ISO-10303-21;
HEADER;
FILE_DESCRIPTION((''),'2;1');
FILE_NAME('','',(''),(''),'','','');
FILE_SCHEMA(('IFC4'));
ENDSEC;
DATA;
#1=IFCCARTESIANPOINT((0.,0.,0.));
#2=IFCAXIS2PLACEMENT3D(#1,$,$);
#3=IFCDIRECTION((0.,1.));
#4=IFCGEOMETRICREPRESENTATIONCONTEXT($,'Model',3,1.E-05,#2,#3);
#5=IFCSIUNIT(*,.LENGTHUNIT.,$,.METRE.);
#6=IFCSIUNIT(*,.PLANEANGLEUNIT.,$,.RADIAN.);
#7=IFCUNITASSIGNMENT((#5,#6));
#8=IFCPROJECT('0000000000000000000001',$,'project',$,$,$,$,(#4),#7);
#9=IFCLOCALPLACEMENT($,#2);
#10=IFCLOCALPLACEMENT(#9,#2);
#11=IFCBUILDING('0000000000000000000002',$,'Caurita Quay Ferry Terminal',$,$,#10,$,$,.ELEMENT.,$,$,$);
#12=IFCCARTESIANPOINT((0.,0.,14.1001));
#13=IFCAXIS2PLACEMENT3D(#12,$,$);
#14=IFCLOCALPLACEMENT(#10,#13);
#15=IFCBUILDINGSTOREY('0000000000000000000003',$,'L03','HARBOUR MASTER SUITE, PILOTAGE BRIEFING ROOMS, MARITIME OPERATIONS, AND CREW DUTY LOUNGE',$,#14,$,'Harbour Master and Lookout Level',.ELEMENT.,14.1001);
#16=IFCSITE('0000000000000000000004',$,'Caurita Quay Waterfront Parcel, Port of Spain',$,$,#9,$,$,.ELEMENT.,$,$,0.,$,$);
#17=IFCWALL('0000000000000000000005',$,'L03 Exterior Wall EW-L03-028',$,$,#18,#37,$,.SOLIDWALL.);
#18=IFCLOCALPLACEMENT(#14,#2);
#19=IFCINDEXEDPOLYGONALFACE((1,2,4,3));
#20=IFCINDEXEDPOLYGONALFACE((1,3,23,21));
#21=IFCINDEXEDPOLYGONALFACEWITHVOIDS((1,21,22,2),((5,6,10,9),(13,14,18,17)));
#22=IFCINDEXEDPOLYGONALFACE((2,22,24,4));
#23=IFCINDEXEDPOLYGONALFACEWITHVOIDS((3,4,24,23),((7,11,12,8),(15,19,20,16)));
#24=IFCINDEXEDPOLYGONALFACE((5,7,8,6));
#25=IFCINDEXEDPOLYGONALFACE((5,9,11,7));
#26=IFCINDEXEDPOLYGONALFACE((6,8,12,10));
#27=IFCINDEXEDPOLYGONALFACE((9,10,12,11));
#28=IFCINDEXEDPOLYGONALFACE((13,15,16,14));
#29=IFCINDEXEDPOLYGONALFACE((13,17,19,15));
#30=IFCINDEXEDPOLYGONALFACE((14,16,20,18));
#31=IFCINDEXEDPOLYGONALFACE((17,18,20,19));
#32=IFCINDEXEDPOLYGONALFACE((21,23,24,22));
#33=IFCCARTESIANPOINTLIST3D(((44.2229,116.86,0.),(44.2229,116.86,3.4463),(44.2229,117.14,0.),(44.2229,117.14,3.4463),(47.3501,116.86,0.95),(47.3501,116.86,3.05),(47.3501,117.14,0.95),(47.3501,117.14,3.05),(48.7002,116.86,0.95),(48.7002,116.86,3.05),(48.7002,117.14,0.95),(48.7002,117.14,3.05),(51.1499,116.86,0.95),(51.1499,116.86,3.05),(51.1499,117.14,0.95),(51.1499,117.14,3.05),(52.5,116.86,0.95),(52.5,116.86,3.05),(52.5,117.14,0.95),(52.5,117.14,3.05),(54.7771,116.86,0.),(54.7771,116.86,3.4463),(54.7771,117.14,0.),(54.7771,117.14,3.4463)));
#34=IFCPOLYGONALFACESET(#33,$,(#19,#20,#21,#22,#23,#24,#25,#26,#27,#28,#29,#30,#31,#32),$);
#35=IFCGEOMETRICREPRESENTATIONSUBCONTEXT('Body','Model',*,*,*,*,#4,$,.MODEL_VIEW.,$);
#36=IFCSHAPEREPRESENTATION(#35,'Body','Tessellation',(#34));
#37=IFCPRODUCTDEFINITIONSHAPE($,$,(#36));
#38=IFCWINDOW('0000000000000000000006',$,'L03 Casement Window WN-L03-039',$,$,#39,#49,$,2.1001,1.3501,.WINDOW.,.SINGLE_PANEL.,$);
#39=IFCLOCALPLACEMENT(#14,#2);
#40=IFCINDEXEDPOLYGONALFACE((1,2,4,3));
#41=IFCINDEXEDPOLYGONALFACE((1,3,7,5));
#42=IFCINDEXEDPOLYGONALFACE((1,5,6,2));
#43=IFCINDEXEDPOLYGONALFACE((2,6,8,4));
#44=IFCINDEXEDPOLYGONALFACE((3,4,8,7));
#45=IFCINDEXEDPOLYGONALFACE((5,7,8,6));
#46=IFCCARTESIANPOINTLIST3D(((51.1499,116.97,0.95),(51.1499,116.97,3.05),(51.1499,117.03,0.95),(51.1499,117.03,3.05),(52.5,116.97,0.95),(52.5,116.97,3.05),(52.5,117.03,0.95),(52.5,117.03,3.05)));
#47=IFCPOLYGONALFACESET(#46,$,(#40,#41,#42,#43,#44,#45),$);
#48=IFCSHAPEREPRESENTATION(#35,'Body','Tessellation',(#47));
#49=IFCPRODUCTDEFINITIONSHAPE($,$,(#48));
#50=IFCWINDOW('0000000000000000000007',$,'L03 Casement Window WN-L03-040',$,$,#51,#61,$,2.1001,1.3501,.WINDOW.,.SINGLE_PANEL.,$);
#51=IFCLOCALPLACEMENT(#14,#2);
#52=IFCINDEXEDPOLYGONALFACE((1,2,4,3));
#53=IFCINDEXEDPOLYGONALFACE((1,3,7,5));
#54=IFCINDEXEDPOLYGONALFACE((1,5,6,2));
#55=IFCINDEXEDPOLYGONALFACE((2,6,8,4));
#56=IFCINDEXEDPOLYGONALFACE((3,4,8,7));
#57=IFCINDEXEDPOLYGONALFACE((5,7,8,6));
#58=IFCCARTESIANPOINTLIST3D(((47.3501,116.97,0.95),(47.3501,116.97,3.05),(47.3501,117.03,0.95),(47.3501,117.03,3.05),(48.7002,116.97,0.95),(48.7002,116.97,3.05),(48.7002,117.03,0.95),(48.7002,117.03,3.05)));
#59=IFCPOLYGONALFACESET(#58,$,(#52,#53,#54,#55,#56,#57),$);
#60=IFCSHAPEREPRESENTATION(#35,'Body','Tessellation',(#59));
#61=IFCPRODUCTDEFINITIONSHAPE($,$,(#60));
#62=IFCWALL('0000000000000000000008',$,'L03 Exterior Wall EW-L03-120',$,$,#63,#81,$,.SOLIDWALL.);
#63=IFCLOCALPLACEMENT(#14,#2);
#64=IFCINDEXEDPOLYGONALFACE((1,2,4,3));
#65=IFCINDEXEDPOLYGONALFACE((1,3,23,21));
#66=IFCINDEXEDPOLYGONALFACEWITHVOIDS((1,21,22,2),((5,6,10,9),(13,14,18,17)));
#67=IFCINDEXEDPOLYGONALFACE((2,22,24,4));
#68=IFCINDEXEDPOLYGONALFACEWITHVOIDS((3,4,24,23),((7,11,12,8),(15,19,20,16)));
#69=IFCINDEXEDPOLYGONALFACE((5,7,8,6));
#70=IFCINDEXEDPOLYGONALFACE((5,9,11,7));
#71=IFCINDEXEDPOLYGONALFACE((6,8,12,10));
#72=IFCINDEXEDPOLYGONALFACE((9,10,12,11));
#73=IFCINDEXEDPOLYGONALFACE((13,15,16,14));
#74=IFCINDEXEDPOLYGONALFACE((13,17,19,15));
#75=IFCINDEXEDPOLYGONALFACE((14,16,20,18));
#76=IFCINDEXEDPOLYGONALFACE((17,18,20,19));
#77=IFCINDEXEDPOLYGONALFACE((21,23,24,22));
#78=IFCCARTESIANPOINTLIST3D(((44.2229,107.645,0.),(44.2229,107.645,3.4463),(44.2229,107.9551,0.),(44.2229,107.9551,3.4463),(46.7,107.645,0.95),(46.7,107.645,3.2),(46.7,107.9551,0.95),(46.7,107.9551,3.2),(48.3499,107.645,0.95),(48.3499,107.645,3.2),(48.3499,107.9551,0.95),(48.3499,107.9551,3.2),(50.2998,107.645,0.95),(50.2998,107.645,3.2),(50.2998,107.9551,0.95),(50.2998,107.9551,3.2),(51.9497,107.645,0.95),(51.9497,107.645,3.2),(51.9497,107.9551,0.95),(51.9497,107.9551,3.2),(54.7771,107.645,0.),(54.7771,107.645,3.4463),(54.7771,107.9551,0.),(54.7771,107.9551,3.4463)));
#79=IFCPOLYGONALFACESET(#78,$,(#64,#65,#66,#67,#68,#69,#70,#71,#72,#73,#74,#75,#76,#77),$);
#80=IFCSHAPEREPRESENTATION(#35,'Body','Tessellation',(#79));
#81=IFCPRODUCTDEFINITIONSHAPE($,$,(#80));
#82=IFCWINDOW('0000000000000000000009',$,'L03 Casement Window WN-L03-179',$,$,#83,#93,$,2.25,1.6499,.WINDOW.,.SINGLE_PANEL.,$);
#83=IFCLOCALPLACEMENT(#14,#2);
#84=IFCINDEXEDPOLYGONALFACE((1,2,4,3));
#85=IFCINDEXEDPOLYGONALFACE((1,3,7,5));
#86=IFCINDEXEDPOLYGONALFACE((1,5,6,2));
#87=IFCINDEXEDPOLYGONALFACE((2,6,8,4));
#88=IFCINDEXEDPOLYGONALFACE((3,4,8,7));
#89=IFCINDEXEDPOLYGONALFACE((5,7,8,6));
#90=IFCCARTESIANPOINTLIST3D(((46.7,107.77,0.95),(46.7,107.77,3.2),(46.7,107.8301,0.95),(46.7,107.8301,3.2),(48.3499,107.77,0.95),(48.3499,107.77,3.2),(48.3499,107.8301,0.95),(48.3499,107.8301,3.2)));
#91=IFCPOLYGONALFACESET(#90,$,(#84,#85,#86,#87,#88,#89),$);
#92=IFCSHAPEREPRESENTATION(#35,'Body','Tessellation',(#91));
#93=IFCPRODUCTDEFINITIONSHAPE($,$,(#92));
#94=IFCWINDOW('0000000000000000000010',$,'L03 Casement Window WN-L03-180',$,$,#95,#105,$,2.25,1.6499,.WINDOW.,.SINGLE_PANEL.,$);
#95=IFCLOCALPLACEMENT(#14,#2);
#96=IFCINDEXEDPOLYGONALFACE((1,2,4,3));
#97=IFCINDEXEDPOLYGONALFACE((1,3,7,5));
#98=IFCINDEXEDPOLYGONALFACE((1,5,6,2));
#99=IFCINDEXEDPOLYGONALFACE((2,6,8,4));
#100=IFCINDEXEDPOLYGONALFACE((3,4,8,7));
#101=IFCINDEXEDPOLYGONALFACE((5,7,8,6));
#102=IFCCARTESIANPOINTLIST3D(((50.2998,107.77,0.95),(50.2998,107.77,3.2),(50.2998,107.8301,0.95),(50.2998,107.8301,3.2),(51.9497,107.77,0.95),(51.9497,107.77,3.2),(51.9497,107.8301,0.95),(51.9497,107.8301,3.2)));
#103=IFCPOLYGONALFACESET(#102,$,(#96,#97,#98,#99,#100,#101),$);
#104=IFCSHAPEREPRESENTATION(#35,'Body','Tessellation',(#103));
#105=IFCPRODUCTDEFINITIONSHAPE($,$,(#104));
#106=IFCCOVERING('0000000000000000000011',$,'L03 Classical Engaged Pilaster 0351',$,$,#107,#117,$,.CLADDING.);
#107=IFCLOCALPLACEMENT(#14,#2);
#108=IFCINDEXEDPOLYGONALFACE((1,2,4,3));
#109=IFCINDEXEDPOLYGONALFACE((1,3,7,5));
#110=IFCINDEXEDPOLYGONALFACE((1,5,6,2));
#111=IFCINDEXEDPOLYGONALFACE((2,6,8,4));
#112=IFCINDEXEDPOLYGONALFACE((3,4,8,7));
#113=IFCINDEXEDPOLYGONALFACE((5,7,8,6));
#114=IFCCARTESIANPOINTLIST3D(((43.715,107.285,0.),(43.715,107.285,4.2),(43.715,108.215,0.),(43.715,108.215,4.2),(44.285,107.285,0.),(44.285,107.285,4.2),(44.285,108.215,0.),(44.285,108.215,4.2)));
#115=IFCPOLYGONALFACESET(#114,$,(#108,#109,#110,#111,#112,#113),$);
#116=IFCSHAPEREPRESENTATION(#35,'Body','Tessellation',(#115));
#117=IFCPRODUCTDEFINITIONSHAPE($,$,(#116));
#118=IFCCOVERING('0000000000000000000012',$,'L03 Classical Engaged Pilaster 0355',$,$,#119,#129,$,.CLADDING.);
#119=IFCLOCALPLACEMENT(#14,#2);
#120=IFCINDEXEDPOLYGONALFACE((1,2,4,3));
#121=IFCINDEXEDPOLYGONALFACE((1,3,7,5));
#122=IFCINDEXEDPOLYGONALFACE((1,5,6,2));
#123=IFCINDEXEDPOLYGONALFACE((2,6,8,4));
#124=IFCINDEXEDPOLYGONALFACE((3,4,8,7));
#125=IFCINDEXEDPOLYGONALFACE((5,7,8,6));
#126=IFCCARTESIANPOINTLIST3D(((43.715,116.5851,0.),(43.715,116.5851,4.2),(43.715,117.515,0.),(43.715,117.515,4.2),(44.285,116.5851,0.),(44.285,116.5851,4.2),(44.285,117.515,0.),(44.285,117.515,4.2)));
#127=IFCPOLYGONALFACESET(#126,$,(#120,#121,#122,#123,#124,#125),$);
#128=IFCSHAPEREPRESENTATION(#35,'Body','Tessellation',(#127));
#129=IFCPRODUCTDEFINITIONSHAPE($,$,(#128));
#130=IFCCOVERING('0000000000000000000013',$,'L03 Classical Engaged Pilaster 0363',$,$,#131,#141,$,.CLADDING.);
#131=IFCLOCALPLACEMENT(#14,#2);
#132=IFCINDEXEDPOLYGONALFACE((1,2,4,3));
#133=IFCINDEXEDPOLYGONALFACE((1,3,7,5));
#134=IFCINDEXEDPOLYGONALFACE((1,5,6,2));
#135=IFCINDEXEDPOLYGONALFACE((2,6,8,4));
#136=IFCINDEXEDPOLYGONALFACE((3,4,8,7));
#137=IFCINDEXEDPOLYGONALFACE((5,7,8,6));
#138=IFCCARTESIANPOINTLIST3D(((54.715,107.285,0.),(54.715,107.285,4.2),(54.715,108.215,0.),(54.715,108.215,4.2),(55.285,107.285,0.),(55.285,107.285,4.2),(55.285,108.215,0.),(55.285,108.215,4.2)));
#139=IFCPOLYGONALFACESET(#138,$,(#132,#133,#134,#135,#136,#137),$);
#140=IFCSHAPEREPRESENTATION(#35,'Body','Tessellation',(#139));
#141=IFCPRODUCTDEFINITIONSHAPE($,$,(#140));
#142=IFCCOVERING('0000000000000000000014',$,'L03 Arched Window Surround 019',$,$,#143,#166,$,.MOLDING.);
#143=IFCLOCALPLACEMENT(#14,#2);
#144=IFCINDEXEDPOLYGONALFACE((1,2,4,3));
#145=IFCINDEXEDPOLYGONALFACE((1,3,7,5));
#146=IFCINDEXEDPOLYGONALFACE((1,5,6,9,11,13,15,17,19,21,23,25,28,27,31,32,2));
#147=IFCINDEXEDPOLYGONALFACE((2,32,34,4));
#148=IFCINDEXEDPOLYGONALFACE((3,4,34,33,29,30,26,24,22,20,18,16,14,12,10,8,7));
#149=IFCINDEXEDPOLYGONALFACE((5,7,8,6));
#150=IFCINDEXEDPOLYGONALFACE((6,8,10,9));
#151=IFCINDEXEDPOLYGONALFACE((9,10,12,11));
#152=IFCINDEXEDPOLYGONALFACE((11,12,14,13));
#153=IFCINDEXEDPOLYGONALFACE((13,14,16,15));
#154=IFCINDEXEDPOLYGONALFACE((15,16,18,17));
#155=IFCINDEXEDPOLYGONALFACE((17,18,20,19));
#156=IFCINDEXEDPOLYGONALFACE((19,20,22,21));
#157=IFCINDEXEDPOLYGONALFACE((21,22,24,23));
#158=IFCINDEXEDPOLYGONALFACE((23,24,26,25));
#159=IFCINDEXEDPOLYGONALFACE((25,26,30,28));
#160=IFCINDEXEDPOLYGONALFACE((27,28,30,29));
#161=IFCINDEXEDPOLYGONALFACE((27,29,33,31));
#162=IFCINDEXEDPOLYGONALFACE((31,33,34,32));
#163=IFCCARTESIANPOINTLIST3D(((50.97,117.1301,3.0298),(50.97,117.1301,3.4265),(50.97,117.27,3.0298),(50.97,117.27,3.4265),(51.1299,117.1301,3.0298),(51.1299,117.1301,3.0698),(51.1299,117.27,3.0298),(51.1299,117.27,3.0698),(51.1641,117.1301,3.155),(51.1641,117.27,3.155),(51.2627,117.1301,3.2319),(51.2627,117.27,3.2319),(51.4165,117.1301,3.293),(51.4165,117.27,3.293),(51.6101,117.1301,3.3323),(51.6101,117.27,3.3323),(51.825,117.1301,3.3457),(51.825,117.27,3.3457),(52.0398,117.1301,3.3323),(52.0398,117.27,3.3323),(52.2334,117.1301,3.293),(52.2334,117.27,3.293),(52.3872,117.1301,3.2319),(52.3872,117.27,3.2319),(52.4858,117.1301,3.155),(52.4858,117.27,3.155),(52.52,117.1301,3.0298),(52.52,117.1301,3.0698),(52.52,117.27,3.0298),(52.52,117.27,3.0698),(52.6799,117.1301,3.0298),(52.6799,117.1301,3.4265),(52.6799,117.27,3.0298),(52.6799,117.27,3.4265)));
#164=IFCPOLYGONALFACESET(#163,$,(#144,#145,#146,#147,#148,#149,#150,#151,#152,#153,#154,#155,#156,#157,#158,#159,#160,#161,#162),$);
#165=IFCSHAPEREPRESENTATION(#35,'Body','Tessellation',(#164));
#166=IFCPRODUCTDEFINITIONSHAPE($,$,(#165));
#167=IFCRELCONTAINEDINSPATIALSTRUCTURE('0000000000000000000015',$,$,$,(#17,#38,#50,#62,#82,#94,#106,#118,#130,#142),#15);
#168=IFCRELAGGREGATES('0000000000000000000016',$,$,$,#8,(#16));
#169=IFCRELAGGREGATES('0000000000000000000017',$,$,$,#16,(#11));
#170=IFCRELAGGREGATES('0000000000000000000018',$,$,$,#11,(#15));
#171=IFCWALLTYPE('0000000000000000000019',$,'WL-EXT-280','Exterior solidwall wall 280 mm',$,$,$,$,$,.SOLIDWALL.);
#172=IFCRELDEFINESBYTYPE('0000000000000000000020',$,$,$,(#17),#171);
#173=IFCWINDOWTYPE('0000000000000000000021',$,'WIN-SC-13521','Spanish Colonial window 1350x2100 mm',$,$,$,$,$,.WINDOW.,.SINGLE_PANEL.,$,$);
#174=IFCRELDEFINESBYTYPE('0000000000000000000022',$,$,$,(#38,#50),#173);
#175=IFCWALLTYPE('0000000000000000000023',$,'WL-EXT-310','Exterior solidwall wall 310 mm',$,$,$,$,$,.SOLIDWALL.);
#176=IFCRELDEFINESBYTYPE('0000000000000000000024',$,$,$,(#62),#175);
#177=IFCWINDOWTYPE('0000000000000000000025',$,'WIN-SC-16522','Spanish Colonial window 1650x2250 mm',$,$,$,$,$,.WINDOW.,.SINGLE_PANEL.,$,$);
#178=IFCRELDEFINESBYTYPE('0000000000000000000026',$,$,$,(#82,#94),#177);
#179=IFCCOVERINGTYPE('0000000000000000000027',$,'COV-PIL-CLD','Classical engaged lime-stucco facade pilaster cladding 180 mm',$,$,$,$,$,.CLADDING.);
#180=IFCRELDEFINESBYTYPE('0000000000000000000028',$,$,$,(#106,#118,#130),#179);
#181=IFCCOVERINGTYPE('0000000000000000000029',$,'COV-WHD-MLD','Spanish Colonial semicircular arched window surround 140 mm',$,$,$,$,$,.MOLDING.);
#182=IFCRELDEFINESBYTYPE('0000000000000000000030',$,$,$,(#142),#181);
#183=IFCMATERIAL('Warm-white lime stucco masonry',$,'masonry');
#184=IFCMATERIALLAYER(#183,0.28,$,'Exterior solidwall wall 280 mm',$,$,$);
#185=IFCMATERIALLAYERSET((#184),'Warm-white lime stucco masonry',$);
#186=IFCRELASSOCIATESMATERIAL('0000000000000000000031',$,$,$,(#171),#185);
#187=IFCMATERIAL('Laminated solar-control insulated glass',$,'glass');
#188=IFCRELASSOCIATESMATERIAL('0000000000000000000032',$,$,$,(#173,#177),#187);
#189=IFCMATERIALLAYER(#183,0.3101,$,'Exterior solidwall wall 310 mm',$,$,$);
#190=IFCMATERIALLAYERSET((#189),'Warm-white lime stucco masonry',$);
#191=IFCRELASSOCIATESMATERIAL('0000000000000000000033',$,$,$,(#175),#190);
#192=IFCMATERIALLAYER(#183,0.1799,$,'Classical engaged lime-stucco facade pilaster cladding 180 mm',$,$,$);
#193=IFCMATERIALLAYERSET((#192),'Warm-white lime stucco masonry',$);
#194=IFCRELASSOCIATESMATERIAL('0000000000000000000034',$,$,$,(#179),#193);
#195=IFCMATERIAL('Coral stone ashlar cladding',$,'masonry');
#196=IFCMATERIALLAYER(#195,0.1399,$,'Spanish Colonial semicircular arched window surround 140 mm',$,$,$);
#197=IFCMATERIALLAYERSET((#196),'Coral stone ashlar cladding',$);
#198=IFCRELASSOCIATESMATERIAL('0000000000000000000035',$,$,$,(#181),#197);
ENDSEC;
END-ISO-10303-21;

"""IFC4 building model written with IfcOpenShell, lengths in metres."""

from ifc_helpers import new_model, si_unit, direction, frame, frame_2d, origin, origin_2d, place, context, subcontext, project, spatial, polyline, rectangle, outline, extrude, material, layer, layer_set, type_object, element, fill, save


model = new_model("IFC4")

# Units and contexts
model_context = context("Model", 3, precision=1e-05, world=origin(), true_north=direction((0.0, 1.0)))
body_context = subcontext(model_context, "Body", "Model", "MODEL_VIEW")
ifc_project = project(units=[si_unit("LENGTHUNIT", "METRE"), si_unit("PLANEANGLEUNIT", "RADIAN")], contexts=[model_context])

# Site, building, storey
site_placement = place(None, origin())
site = spatial("IfcSite", under=ifc_project, at=site_placement, Name="Caurita Quay Waterfront Parcel, Port of Spain", CompositionType="ELEMENT", RefElevation=0.0)
building_placement = place(site_placement, origin())
building = spatial("IfcBuilding", under=site, at=building_placement, Name="Caurita Quay Ferry Terminal", CompositionType="ELEMENT")
storey_placement = place(building_placement, frame((0.0, 0.0, 14.1001)))
storey = spatial("IfcBuildingStorey", under=building, at=storey_placement, Name="L03", Description="HARBOUR MASTER SUITE, PILOTAGE BRIEFING ROOMS, MARITIME OPERATIONS, AND CREW DUTY LOUNGE", LongName="Harbour Master and Lookout Level", CompositionType="ELEMENT", Elevation=14.1001)

# Shared definitions
ifc_material_1 = material(Name="Warm-white lime stucco masonry", Category="masonry")

# Walls, openings, windows
ifc_layer_1 = layer(ifc_material_1, 0.28, Name="Exterior solidwall wall 280 mm")
ifc_layer_set_1 = layer_set([ifc_layer_1], Name="Warm-white lime stucco masonry")
wall_type_1 = type_object("IfcWallType", Name="WL-EXT-280", Description="Exterior solidwall wall 280 mm", PredefinedType="SOLIDWALL", material=ifc_layer_set_1)
wall_1_placement = place(storey_placement, frame((54.7771, 117.0, 0.0), z_axis=(0.0, 0.0, 1.0), x_axis=(-1.0, 0.0, 0.0)))
wall_1 = element("IfcWall", 1, at=wall_1_placement, inside=storey, type_object=wall_type_1, Name="L03 Exterior Wall EW-L03-028", PredefinedType="SOLIDWALL", context=body_context, shape_type="SweptSolid", body=[
    extrude(rectangle(XDim=10.5542, YDim=0.28, at=frame_2d((5.2771, 0.0))), origin(), (0.0, 0.0, 1.0), 3.4463),
])
opening_1_placement = place(wall_1_placement, frame((2.2771, 0.0, 0.95)))
opening_1 = element("IfcOpeningElement", 2, at=opening_1_placement, cuts=wall_1, PredefinedType="OPENING", context=body_context, shape_type="SweptSolid", body=[
    extrude(rectangle(XDim=1.3501, YDim=2.1001, at=frame_2d((0.675, 1.05))), frame((0.0, 0.1499, 0.0), z_axis=(0.0, -1.0, 0.0), x_axis=(1.0, 0.0, 0.0)), (0.0, 0.0, 1.0), 0.3),
])
opening_2_placement = place(wall_1_placement, frame((6.0769, 0.0, 0.95)))
opening_2 = element("IfcOpeningElement", 3, at=opening_2_placement, cuts=wall_1, PredefinedType="OPENING", context=body_context, shape_type="SweptSolid", body=[
    extrude(rectangle(XDim=1.3501, YDim=2.1001, at=frame_2d((0.675, 1.05))), frame((0.0, 0.1499, 0.0), z_axis=(0.0, -1.0, 0.0), x_axis=(1.0, 0.0, 0.0)), (0.0, 0.0, 1.0), 0.3),
])
ifc_material_2 = material(Name="Laminated solar-control insulated glass", Category="glass")
window_type_1 = type_object("IfcWindowType", Name="WIN-SC-13521", Description="Spanish Colonial window 1350x2100 mm", PartitioningType="SINGLE_PANEL", PredefinedType="WINDOW", material=ifc_material_2)
window_1_placement = place(opening_1_placement, origin())
window_1 = element("IfcWindow", 4, at=window_1_placement, inside=storey, type_object=window_type_1, Name="L03 Casement Window WN-L03-039", OverallHeight=2.1001, OverallWidth=1.3501, PartitioningType="SINGLE_PANEL", PredefinedType="WINDOW", context=body_context, shape_type="SweptSolid", body=[
    extrude(rectangle(XDim=1.3501, YDim=2.1001, at=frame_2d((0.675, 1.05))), frame((0.0, 0.03, 0.0), z_axis=(0.0, -1.0, 0.0), x_axis=(1.0, 0.0, 0.0)), (0.0, 0.0, 1.0), 0.0601),
])
fill(opening_1, window_1)
window_2_placement = place(opening_2_placement, origin())
window_2 = element("IfcWindow", 5, at=window_2_placement, inside=storey, type_object=window_type_1, Name="L03 Casement Window WN-L03-040", OverallHeight=2.1001, OverallWidth=1.3501, PartitioningType="SINGLE_PANEL", PredefinedType="WINDOW", context=body_context, shape_type="SweptSolid", body=[
    extrude(rectangle(XDim=1.3501, YDim=2.1001, at=frame_2d((0.675, 1.05))), frame((0.0, 0.03, 0.0), z_axis=(0.0, -1.0, 0.0), x_axis=(1.0, 0.0, 0.0)), (0.0, 0.0, 1.0), 0.0601),
])
fill(opening_2, window_2)
ifc_layer_2 = layer(ifc_material_1, 0.3101, Name="Exterior solidwall wall 310 mm")
ifc_layer_set_2 = layer_set([ifc_layer_2], Name="Warm-white lime stucco masonry")
wall_type_2 = type_object("IfcWallType", Name="WL-EXT-310", Description="Exterior solidwall wall 310 mm", PredefinedType="SOLIDWALL", material=ifc_layer_set_2)
wall_2_placement = place(storey_placement, frame((44.2229, 107.8, 0.0), z_axis=(0.0, 0.0, 1.0), x_axis=(1.0, 0.0, 0.0)))
wall_2 = element("IfcWall", 6, at=wall_2_placement, inside=storey, type_object=wall_type_2, Name="L03 Exterior Wall EW-L03-120", PredefinedType="SOLIDWALL", context=body_context, shape_type="SweptSolid", body=[
    extrude(rectangle(XDim=10.5542, YDim=0.3101, at=frame_2d((5.2771, 0.0))), origin(), (0.0, 0.0, 1.0), 3.4463),
])
opening_3_placement = place(wall_2_placement, frame((2.4771, 0.0, 0.95)))
opening_3 = element("IfcOpeningElement", 7, at=opening_3_placement, cuts=wall_2, PredefinedType="OPENING", context=body_context, shape_type="SweptSolid", body=[
    extrude(rectangle(XDim=1.6499, YDim=2.25, at=frame_2d((0.825, 1.125))), frame((0.0, 0.165, 0.0), z_axis=(0.0, -1.0, 0.0), x_axis=(1.0, 0.0, 0.0)), (0.0, 0.0, 1.0), 0.3301),
])
opening_4_placement = place(wall_2_placement, frame((6.0769, 0.0, 0.95)))
opening_4 = element("IfcOpeningElement", 8, at=opening_4_placement, cuts=wall_2, PredefinedType="OPENING", context=body_context, shape_type="SweptSolid", body=[
    extrude(rectangle(XDim=1.6499, YDim=2.25, at=frame_2d((0.825, 1.125))), frame((0.0, 0.165, 0.0), z_axis=(0.0, -1.0, 0.0), x_axis=(1.0, 0.0, 0.0)), (0.0, 0.0, 1.0), 0.3301),
])
window_type_2 = type_object("IfcWindowType", Name="WIN-SC-16522", Description="Spanish Colonial window 1650x2250 mm", PartitioningType="SINGLE_PANEL", PredefinedType="WINDOW", material=ifc_material_2)
window_3_placement = place(opening_3_placement, origin())
window_3 = element("IfcWindow", 9, at=window_3_placement, inside=storey, type_object=window_type_2, Name="L03 Casement Window WN-L03-179", OverallHeight=2.25, OverallWidth=1.6499, PartitioningType="SINGLE_PANEL", PredefinedType="WINDOW", context=body_context, shape_type="SweptSolid", body=[
    extrude(rectangle(XDim=1.6499, YDim=2.25, at=frame_2d((0.825, 1.125))), frame((0.0, 0.03, 0.0), z_axis=(0.0, -1.0, 0.0), x_axis=(1.0, 0.0, 0.0)), (0.0, 0.0, 1.0), 0.0601),
])
fill(opening_3, window_3)
window_4_placement = place(opening_4_placement, origin())
window_4 = element("IfcWindow", 10, at=window_4_placement, inside=storey, type_object=window_type_2, Name="L03 Casement Window WN-L03-180", OverallHeight=2.25, OverallWidth=1.6499, PartitioningType="SINGLE_PANEL", PredefinedType="WINDOW", context=body_context, shape_type="SweptSolid", body=[
    extrude(rectangle(XDim=1.6499, YDim=2.25, at=frame_2d((0.825, 1.125))), frame((0.0, 0.03, 0.0), z_axis=(0.0, -1.0, 0.0), x_axis=(1.0, 0.0, 0.0)), (0.0, 0.0, 1.0), 0.0601),
])
fill(opening_4, window_4)

# Coverings
ifc_layer_3 = layer(ifc_material_1, 0.1799, Name="Classical engaged lime-stucco facade pilaster cladding 180 mm")
ifc_layer_set_3 = layer_set([ifc_layer_3], Name="Warm-white lime stucco masonry")
covering_type_1 = type_object("IfcCoveringType", Name="COV-PIL-CLD", Description="Classical engaged lime-stucco facade pilaster cladding 180 mm", PredefinedType="CLADDING", material=ifc_layer_set_3)
for number, where, z_axis, x_axis, name in (
    (11, (44.0, 107.75, 0.0), (0.0, 0.0, 1.0), (1.0, 0.0, 0.0), "L03 Classical Engaged Pilaster 0351"),
    (12, (44.0, 117.05, 0.0), (0.0, 0.0, 1.0), (1.0, 0.0, 0.0), "L03 Classical Engaged Pilaster 0355"),
    (13, (55.0, 107.75, 0.0), (0.0, 0.0, 1.0), (1.0, 0.0, 0.0), "L03 Classical Engaged Pilaster 0363"),
):
    element("IfcCovering", number, at=place(storey_placement, frame(where, z_axis=z_axis, x_axis=x_axis)), inside=storey, type_object=covering_type_1, Name=name, PredefinedType="CLADDING", context=body_context, shape_type="SweptSolid", body=[
        extrude(rectangle(XDim=0.5701, YDim=0.9299, at=origin_2d()), origin(), (0.0, 0.0, 1.0), 4.2),
    ])
ifc_material_3 = material(Name="Coral stone ashlar cladding", Category="masonry")
ifc_layer_4 = layer(ifc_material_3, 0.1399, Name="Spanish Colonial semicircular arched window surround 140 mm")
ifc_layer_set_4 = layer_set([ifc_layer_4], Name="Coral stone ashlar cladding")
covering_type_2 = type_object("IfcCoveringType", Name="COV-WHD-MLD", Description="Spanish Colonial semicircular arched window surround 140 mm", PredefinedType="MOLDING", material=ifc_layer_set_4)
for number, where, z_axis, x_axis, name in (
    (14, (52.6799, 117.2, 3.0298), (0.0, 0.0, 1.0), (-1.0, 0.0, 0.0), "L03 Arched Window Surround 019"),
):
    element("IfcCovering", number, at=place(storey_placement, frame(where, z_axis=z_axis, x_axis=x_axis)), inside=storey, type_object=covering_type_2, Name=name, PredefinedType="MOLDING", context=body_context, shape_type="SweptSolid", body=[
        extrude(outline(polyline([(0.0, 0.0), (0.1599, 0.0), (0.1599, 0.04), (0.1941, 0.1252), (0.2927, 0.2021), (0.4465, 0.2632), (0.6401, 0.3025), (0.855, 0.3159), (1.0698, 0.3025), (1.2634, 0.2632), (1.4172, 0.2021), (1.5159, 0.1252), (1.55, 0.04), (1.55, 0.0), (1.71, 0.0), (1.71, 0.3967), (0.0, 0.3967), (0.0, 0.0)])), frame((0.0, 0.0698, 0.0), z_axis=(0.0, -1.0, 0.0), x_axis=(1.0, 0.0, 0.0)), (0.0, 0.0, 1.0), 0.1399),
    ])

save(model, "model.ifc")
